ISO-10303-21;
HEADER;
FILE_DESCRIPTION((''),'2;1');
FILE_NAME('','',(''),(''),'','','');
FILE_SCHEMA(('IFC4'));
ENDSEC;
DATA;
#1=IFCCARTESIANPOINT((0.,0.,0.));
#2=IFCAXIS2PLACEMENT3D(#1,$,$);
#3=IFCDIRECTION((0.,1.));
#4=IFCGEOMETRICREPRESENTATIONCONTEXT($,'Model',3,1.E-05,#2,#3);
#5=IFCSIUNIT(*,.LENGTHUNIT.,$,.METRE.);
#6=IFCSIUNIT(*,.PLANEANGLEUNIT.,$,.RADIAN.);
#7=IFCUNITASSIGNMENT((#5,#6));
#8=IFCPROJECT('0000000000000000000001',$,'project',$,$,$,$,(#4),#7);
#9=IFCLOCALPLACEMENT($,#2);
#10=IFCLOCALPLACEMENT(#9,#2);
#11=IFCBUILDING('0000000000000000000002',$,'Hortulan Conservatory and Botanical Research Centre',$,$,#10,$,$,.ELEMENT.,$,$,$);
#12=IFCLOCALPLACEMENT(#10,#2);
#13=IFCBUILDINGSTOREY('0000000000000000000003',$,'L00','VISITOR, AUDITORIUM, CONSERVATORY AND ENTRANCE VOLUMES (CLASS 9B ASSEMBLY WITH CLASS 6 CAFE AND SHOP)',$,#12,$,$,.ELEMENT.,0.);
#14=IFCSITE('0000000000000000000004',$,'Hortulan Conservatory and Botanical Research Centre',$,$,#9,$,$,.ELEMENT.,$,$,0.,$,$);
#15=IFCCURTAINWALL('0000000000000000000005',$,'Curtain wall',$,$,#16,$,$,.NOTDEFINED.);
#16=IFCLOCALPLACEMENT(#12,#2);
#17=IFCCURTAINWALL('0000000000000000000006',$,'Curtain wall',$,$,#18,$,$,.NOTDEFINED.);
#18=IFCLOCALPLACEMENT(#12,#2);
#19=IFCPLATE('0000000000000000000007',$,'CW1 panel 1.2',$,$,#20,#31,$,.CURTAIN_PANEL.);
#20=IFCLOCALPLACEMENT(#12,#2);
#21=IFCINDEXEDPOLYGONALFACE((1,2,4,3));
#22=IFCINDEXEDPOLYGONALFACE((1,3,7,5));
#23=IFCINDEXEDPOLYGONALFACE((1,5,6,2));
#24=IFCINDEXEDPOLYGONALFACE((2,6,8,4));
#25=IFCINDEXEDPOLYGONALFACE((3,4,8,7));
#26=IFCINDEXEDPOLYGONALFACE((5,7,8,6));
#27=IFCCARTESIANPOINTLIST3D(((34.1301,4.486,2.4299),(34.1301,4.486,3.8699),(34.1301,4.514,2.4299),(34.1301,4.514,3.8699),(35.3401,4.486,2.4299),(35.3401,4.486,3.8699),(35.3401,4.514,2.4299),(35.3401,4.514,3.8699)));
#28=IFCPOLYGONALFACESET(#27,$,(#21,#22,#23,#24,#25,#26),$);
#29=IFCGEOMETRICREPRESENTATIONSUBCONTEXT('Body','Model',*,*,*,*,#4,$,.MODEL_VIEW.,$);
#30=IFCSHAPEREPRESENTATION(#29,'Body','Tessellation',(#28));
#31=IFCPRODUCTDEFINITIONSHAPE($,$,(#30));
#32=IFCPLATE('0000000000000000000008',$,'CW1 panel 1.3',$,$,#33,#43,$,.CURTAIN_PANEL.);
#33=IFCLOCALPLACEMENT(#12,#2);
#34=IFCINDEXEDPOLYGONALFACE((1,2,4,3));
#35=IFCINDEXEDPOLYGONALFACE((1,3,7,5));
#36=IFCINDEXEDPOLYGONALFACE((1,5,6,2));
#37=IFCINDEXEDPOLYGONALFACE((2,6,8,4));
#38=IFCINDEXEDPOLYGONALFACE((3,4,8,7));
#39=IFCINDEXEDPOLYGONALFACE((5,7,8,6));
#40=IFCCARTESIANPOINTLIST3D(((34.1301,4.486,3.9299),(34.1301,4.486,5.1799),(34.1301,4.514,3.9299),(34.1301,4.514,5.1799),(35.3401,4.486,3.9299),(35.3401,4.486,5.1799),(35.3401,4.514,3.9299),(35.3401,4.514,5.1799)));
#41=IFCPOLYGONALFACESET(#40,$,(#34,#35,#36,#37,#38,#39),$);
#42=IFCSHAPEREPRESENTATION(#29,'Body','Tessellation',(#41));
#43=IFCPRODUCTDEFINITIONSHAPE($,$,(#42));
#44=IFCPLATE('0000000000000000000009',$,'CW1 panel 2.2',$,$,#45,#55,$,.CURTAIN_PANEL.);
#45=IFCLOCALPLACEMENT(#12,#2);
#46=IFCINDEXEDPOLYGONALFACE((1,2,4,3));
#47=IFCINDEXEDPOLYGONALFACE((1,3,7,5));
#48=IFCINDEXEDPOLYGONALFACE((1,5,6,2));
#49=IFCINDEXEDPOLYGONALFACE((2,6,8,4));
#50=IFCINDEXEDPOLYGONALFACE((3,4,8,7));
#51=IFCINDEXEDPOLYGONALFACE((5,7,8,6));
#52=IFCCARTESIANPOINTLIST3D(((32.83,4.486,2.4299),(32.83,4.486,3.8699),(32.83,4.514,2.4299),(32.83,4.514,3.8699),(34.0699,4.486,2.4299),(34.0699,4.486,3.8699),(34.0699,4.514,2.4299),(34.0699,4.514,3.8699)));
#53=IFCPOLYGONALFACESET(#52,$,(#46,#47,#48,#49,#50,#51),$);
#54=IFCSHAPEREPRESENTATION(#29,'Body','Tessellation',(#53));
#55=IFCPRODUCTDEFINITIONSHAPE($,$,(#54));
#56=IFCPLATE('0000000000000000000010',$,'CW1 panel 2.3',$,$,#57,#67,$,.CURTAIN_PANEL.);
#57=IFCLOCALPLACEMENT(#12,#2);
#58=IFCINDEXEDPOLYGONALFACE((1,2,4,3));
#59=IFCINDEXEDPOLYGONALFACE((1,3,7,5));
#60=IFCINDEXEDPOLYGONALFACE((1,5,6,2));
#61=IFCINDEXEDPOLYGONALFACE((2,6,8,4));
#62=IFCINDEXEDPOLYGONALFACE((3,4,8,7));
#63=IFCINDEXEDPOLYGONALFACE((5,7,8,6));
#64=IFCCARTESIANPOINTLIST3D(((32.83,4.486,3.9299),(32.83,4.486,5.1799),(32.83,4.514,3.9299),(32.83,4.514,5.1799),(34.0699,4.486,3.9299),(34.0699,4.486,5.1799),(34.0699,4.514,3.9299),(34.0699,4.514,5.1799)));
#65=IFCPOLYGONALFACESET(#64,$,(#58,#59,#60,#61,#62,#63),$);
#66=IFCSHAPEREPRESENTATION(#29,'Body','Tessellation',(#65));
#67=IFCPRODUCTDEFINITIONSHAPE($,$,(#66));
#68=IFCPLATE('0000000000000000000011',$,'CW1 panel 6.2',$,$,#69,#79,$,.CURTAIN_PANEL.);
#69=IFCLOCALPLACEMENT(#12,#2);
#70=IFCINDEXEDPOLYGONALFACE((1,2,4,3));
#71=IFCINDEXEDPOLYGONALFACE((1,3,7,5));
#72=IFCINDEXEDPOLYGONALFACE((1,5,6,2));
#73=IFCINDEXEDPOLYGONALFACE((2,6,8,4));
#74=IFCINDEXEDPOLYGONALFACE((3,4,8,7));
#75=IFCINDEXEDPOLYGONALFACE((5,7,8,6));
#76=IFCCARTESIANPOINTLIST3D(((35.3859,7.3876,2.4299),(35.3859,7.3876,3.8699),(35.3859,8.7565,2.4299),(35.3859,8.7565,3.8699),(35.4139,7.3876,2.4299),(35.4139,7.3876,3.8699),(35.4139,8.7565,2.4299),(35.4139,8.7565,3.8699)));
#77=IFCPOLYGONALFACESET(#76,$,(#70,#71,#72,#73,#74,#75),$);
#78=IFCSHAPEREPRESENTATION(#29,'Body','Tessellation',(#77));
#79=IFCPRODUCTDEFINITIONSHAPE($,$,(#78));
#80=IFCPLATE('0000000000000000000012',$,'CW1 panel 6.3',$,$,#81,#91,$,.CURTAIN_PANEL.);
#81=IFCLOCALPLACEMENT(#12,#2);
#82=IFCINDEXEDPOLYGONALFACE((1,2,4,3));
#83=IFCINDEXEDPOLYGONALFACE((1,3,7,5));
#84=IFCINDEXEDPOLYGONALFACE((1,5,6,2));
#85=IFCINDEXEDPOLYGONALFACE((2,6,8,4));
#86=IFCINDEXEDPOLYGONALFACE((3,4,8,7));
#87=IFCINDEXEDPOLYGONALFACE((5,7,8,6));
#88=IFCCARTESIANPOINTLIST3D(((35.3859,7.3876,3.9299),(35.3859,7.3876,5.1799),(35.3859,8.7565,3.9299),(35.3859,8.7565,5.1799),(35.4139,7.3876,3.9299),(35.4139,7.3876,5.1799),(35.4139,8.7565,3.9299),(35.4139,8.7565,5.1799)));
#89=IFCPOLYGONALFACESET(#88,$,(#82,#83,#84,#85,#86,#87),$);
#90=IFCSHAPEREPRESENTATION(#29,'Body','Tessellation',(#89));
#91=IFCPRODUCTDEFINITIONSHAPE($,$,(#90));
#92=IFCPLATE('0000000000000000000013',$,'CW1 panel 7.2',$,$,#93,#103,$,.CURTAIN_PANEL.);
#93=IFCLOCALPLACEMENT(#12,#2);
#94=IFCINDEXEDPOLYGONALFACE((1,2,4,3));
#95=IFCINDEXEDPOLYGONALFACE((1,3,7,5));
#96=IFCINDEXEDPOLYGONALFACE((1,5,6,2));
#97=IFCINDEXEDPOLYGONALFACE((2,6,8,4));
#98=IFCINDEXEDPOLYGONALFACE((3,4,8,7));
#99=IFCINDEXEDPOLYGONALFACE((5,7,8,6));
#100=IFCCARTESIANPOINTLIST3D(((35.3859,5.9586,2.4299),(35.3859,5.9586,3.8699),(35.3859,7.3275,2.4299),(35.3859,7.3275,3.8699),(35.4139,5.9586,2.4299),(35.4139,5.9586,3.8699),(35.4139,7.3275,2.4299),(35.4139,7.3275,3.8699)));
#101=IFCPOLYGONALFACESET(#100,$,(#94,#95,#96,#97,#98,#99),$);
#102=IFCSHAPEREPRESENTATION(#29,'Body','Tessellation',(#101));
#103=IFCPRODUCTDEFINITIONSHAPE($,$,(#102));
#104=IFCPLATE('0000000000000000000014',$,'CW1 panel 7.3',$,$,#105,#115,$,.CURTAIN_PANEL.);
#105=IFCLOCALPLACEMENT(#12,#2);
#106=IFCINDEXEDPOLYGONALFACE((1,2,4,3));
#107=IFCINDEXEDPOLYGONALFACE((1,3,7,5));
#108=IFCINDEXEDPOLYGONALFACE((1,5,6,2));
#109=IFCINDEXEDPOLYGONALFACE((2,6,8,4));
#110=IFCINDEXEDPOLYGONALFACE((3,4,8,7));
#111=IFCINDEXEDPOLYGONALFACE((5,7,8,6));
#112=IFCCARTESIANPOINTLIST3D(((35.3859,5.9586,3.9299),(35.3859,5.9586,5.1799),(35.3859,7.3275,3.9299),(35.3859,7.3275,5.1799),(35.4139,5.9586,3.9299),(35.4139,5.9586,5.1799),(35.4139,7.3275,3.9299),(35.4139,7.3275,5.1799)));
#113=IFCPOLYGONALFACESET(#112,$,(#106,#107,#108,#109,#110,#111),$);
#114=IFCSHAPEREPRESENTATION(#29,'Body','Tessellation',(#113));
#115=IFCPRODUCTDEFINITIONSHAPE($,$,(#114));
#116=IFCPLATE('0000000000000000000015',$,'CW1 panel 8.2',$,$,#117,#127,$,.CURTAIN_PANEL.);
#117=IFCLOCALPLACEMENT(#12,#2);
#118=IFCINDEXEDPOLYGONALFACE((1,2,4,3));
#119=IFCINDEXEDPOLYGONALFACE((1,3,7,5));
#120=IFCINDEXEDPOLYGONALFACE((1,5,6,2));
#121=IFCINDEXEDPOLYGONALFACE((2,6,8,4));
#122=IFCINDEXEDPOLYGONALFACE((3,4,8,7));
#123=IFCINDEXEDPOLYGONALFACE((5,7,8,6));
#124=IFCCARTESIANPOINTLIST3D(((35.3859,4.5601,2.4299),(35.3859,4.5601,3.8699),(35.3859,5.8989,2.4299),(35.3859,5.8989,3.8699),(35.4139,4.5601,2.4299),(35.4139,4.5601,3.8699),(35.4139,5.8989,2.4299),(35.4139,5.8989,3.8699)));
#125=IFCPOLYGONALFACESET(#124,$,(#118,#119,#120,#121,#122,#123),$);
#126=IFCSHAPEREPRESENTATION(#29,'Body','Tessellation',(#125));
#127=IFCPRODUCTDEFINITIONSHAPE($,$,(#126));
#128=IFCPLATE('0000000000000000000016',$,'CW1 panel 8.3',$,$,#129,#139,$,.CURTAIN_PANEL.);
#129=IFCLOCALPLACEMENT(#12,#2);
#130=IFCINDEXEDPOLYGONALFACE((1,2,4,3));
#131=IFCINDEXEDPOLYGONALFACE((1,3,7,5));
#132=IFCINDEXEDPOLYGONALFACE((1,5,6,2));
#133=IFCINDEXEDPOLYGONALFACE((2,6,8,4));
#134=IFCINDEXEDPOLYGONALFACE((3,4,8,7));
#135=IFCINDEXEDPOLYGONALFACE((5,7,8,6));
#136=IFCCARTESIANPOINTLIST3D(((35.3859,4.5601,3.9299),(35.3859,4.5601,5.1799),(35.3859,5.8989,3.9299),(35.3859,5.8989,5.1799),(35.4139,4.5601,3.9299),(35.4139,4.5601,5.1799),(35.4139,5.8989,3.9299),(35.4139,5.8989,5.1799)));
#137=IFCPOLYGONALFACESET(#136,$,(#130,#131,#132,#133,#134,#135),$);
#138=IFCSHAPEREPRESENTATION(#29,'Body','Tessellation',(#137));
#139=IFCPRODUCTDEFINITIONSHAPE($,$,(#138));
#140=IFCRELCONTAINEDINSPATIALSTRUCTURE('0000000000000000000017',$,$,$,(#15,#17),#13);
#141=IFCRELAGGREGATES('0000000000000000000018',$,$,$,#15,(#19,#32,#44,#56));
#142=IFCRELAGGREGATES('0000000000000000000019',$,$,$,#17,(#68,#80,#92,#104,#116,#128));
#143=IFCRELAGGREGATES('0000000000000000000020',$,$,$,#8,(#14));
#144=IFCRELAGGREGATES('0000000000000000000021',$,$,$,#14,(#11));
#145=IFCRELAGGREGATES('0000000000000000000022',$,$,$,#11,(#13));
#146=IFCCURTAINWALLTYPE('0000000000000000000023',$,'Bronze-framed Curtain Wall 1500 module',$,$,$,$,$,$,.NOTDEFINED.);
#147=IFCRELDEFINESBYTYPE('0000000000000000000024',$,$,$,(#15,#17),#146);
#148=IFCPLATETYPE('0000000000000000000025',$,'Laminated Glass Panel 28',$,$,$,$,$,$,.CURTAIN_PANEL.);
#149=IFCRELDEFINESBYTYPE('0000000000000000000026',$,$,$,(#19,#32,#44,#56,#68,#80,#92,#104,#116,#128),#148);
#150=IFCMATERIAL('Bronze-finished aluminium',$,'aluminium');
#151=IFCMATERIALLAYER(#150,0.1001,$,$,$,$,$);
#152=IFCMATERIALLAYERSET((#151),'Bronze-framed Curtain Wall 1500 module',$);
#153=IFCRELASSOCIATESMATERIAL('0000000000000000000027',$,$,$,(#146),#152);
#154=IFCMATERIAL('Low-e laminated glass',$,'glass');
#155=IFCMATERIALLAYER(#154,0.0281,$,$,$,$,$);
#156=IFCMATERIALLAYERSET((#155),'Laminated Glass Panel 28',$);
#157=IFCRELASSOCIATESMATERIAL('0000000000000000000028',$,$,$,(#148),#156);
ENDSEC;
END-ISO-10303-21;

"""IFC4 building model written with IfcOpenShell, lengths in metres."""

from ifc_helpers import new_model, si_unit, direction, frame, origin, origin_2d, place, context, subcontext, project, spatial, rectangle, extrude, material, layer, layer_set, type_object, element, aggregate, save


model = new_model("IFC4")

# Units and contexts
model_context = context("Model", 3, precision=1e-05, world=origin(), true_north=direction((0.0, 1.0)))
body_context = subcontext(model_context, "Body", "Model", "MODEL_VIEW")
ifc_project = project(units=[si_unit("LENGTHUNIT", "METRE"), si_unit("PLANEANGLEUNIT", "RADIAN")], contexts=[model_context])

# Site, building, storey
site_placement = place(None, origin())
site = spatial("IfcSite", under=ifc_project, at=site_placement, Name="Hortulan Conservatory and Botanical Research Centre", CompositionType="ELEMENT", RefElevation=0.0)
building_placement = place(site_placement, origin())
building = spatial("IfcBuilding", under=site, at=building_placement, Name="Hortulan Conservatory and Botanical Research Centre", CompositionType="ELEMENT")
storey_placement = place(building_placement, origin())
storey = spatial("IfcBuildingStorey", under=building, at=storey_placement, Name="L00", Description="VISITOR, AUDITORIUM, CONSERVATORY AND ENTRANCE VOLUMES (CLASS 9B ASSEMBLY WITH CLASS 6 CAFE AND SHOP)", CompositionType="ELEMENT", Elevation=0.0)

# Curtain walls
ifc_material_1 = material(Name="Bronze-finished aluminium", Category="aluminium")
ifc_layer_1 = layer(ifc_material_1, 0.1001)
ifc_layer_set_1 = layer_set([ifc_layer_1], Name="Bronze-framed Curtain Wall 1500 module")
curtain_wall_type = type_object("IfcCurtainWallType", Name="Bronze-framed Curtain Wall 1500 module", PredefinedType="NOTDEFINED", material=ifc_layer_set_1)
curtain_wall_1_placement = place(storey_placement, origin())
curtain_wall_1 = element("IfcCurtainWall", 1, at=curtain_wall_1_placement, inside=storey, type_object=curtain_wall_type, Name="Curtain wall", PredefinedType="NOTDEFINED")
curtain_wall_2_placement = place(storey_placement, origin())
curtain_wall_2 = element("IfcCurtainWall", 2, at=curtain_wall_2_placement, inside=storey, type_object=curtain_wall_type, Name="Curtain wall", PredefinedType="NOTDEFINED")

# Plates
ifc_material_2 = material(Name="Low-e laminated glass", Category="glass")
ifc_layer_2 = layer(ifc_material_2, 0.0281)
ifc_layer_set_2 = layer_set([ifc_layer_2], Name="Laminated Glass Panel 28")
plate_type = type_object("IfcPlateType", Name="Laminated Glass Panel 28", PredefinedType="CURTAIN_PANEL", material=ifc_layer_set_2)
plate_1_placement = place(storey_placement, frame((34.7351, 4.5, 2.4299), z_axis=(0.0, 0.0, 1.0), x_axis=(-1.0, 0.0, 0.0)))
plate_1 = element("IfcPlate", 3, at=plate_1_placement, type_object=plate_type, Name="CW1 panel 1.2", PredefinedType="CURTAIN_PANEL", context=body_context, shape_type="SweptSolid", body=[
    extrude(rectangle(XDim=1.21, YDim=0.0281, at=origin_2d()), origin(), (0.0, 0.0, 1.0), 1.4399),
])
plate_2_placement = place(storey_placement, frame((34.7351, 4.5, 3.9299), z_axis=(0.0, 0.0, 1.0), x_axis=(-1.0, 0.0, 0.0)))
plate_2 = element("IfcPlate", 4, at=plate_2_placement, type_object=plate_type, Name="CW1 panel 1.3", PredefinedType="CURTAIN_PANEL", context=body_context, shape_type="SweptSolid", body=[
    extrude(rectangle(XDim=1.21, YDim=0.0281, at=origin_2d()), origin(), (0.0, 0.0, 1.0), 1.25),
])
plate_3_placement = place(storey_placement, frame((33.45, 4.5, 2.4299), z_axis=(0.0, 0.0, 1.0), x_axis=(-1.0, 0.0, 0.0)))
plate_3 = element("IfcPlate", 5, at=plate_3_placement, type_object=plate_type, Name="CW1 panel 2.2", PredefinedType="CURTAIN_PANEL", context=body_context, shape_type="SweptSolid", body=[
    extrude(rectangle(XDim=1.24, YDim=0.0281, at=origin_2d()), origin(), (0.0, 0.0, 1.0), 1.4399),
])
plate_4_placement = place(storey_placement, frame((33.45, 4.5, 3.9299), z_axis=(0.0, 0.0, 1.0), x_axis=(-1.0, 0.0, 0.0)))
plate_4 = element("IfcPlate", 6, at=plate_4_placement, type_object=plate_type, Name="CW1 panel 2.3", PredefinedType="CURTAIN_PANEL", context=body_context, shape_type="SweptSolid", body=[
    extrude(rectangle(XDim=1.24, YDim=0.0281, at=origin_2d()), origin(), (0.0, 0.0, 1.0), 1.25),
])
aggregate(curtain_wall_1, [plate_1, plate_2, plate_3, plate_4])
plate_5_placement = place(storey_placement, frame((35.3999, 8.072, 2.4299), z_axis=(0.0, 0.0, 1.0), x_axis=(0.0, -1.0, 0.0)))
plate_5 = element("IfcPlate", 7, at=plate_5_placement, type_object=plate_type, Name="CW1 panel 6.2", PredefinedType="CURTAIN_PANEL", context=body_context, shape_type="SweptSolid", body=[
    extrude(rectangle(XDim=1.3689, YDim=0.0281, at=origin_2d()), origin(), (0.0, 0.0, 1.0), 1.4399),
])
plate_6_placement = place(storey_placement, frame((35.3999, 8.072, 3.9299), z_axis=(0.0, 0.0, 1.0), x_axis=(0.0, -1.0, 0.0)))
plate_6 = element("IfcPlate", 8, at=plate_6_placement, type_object=plate_type, Name="CW1 panel 6.3", PredefinedType="CURTAIN_PANEL", context=body_context, shape_type="SweptSolid", body=[
    extrude(rectangle(XDim=1.3689, YDim=0.0281, at=origin_2d()), origin(), (0.0, 0.0, 1.0), 1.25),
])
plate_7_placement = place(storey_placement, frame((35.3999, 6.6431, 2.4299), z_axis=(0.0, 0.0, 1.0), x_axis=(0.0, -1.0, 0.0)))
plate_7 = element("IfcPlate", 9, at=plate_7_placement, type_object=plate_type, Name="CW1 panel 7.2", PredefinedType="CURTAIN_PANEL", context=body_context, shape_type="SweptSolid", body=[
    extrude(rectangle(XDim=1.3689, YDim=0.0281, at=origin_2d()), origin(), (0.0, 0.0, 1.0), 1.4399),
])
plate_8_placement = place(storey_placement, frame((35.3999, 6.6431, 3.9299), z_axis=(0.0, 0.0, 1.0), x_axis=(0.0, -1.0, 0.0)))
plate_8 = element("IfcPlate", 10, at=plate_8_placement, type_object=plate_type, Name="CW1 panel 7.3", PredefinedType="CURTAIN_PANEL", context=body_context, shape_type="SweptSolid", body=[
    extrude(rectangle(XDim=1.3689, YDim=0.0281, at=origin_2d()), origin(), (0.0, 0.0, 1.0), 1.25),
])
plate_9_placement = place(storey_placement, frame((35.3999, 5.2295, 2.4299), z_axis=(0.0, 0.0, 1.0), x_axis=(0.0, -1.0, 0.0)))
plate_9 = element("IfcPlate", 11, at=plate_9_placement, type_object=plate_type, Name="CW1 panel 8.2", PredefinedType="CURTAIN_PANEL", context=body_context, shape_type="SweptSolid", body=[
    extrude(rectangle(XDim=1.3389, YDim=0.0281, at=origin_2d()), origin(), (0.0, 0.0, 1.0), 1.4399),
])
plate_10_placement = place(storey_placement, frame((35.3999, 5.2295, 3.9299), z_axis=(0.0, 0.0, 1.0), x_axis=(0.0, -1.0, 0.0)))
plate_10 = element("IfcPlate", 12, at=plate_10_placement, type_object=plate_type, Name="CW1 panel 8.3", PredefinedType="CURTAIN_PANEL", context=body_context, shape_type="SweptSolid", body=[
    extrude(rectangle(XDim=1.3389, YDim=0.0281, at=origin_2d()), origin(), (0.0, 0.0, 1.0), 1.25),
])
aggregate(curtain_wall_2, [plate_5, plate_6, plate_7, plate_8, plate_9, plate_10])

save(model, "model.ifc")
